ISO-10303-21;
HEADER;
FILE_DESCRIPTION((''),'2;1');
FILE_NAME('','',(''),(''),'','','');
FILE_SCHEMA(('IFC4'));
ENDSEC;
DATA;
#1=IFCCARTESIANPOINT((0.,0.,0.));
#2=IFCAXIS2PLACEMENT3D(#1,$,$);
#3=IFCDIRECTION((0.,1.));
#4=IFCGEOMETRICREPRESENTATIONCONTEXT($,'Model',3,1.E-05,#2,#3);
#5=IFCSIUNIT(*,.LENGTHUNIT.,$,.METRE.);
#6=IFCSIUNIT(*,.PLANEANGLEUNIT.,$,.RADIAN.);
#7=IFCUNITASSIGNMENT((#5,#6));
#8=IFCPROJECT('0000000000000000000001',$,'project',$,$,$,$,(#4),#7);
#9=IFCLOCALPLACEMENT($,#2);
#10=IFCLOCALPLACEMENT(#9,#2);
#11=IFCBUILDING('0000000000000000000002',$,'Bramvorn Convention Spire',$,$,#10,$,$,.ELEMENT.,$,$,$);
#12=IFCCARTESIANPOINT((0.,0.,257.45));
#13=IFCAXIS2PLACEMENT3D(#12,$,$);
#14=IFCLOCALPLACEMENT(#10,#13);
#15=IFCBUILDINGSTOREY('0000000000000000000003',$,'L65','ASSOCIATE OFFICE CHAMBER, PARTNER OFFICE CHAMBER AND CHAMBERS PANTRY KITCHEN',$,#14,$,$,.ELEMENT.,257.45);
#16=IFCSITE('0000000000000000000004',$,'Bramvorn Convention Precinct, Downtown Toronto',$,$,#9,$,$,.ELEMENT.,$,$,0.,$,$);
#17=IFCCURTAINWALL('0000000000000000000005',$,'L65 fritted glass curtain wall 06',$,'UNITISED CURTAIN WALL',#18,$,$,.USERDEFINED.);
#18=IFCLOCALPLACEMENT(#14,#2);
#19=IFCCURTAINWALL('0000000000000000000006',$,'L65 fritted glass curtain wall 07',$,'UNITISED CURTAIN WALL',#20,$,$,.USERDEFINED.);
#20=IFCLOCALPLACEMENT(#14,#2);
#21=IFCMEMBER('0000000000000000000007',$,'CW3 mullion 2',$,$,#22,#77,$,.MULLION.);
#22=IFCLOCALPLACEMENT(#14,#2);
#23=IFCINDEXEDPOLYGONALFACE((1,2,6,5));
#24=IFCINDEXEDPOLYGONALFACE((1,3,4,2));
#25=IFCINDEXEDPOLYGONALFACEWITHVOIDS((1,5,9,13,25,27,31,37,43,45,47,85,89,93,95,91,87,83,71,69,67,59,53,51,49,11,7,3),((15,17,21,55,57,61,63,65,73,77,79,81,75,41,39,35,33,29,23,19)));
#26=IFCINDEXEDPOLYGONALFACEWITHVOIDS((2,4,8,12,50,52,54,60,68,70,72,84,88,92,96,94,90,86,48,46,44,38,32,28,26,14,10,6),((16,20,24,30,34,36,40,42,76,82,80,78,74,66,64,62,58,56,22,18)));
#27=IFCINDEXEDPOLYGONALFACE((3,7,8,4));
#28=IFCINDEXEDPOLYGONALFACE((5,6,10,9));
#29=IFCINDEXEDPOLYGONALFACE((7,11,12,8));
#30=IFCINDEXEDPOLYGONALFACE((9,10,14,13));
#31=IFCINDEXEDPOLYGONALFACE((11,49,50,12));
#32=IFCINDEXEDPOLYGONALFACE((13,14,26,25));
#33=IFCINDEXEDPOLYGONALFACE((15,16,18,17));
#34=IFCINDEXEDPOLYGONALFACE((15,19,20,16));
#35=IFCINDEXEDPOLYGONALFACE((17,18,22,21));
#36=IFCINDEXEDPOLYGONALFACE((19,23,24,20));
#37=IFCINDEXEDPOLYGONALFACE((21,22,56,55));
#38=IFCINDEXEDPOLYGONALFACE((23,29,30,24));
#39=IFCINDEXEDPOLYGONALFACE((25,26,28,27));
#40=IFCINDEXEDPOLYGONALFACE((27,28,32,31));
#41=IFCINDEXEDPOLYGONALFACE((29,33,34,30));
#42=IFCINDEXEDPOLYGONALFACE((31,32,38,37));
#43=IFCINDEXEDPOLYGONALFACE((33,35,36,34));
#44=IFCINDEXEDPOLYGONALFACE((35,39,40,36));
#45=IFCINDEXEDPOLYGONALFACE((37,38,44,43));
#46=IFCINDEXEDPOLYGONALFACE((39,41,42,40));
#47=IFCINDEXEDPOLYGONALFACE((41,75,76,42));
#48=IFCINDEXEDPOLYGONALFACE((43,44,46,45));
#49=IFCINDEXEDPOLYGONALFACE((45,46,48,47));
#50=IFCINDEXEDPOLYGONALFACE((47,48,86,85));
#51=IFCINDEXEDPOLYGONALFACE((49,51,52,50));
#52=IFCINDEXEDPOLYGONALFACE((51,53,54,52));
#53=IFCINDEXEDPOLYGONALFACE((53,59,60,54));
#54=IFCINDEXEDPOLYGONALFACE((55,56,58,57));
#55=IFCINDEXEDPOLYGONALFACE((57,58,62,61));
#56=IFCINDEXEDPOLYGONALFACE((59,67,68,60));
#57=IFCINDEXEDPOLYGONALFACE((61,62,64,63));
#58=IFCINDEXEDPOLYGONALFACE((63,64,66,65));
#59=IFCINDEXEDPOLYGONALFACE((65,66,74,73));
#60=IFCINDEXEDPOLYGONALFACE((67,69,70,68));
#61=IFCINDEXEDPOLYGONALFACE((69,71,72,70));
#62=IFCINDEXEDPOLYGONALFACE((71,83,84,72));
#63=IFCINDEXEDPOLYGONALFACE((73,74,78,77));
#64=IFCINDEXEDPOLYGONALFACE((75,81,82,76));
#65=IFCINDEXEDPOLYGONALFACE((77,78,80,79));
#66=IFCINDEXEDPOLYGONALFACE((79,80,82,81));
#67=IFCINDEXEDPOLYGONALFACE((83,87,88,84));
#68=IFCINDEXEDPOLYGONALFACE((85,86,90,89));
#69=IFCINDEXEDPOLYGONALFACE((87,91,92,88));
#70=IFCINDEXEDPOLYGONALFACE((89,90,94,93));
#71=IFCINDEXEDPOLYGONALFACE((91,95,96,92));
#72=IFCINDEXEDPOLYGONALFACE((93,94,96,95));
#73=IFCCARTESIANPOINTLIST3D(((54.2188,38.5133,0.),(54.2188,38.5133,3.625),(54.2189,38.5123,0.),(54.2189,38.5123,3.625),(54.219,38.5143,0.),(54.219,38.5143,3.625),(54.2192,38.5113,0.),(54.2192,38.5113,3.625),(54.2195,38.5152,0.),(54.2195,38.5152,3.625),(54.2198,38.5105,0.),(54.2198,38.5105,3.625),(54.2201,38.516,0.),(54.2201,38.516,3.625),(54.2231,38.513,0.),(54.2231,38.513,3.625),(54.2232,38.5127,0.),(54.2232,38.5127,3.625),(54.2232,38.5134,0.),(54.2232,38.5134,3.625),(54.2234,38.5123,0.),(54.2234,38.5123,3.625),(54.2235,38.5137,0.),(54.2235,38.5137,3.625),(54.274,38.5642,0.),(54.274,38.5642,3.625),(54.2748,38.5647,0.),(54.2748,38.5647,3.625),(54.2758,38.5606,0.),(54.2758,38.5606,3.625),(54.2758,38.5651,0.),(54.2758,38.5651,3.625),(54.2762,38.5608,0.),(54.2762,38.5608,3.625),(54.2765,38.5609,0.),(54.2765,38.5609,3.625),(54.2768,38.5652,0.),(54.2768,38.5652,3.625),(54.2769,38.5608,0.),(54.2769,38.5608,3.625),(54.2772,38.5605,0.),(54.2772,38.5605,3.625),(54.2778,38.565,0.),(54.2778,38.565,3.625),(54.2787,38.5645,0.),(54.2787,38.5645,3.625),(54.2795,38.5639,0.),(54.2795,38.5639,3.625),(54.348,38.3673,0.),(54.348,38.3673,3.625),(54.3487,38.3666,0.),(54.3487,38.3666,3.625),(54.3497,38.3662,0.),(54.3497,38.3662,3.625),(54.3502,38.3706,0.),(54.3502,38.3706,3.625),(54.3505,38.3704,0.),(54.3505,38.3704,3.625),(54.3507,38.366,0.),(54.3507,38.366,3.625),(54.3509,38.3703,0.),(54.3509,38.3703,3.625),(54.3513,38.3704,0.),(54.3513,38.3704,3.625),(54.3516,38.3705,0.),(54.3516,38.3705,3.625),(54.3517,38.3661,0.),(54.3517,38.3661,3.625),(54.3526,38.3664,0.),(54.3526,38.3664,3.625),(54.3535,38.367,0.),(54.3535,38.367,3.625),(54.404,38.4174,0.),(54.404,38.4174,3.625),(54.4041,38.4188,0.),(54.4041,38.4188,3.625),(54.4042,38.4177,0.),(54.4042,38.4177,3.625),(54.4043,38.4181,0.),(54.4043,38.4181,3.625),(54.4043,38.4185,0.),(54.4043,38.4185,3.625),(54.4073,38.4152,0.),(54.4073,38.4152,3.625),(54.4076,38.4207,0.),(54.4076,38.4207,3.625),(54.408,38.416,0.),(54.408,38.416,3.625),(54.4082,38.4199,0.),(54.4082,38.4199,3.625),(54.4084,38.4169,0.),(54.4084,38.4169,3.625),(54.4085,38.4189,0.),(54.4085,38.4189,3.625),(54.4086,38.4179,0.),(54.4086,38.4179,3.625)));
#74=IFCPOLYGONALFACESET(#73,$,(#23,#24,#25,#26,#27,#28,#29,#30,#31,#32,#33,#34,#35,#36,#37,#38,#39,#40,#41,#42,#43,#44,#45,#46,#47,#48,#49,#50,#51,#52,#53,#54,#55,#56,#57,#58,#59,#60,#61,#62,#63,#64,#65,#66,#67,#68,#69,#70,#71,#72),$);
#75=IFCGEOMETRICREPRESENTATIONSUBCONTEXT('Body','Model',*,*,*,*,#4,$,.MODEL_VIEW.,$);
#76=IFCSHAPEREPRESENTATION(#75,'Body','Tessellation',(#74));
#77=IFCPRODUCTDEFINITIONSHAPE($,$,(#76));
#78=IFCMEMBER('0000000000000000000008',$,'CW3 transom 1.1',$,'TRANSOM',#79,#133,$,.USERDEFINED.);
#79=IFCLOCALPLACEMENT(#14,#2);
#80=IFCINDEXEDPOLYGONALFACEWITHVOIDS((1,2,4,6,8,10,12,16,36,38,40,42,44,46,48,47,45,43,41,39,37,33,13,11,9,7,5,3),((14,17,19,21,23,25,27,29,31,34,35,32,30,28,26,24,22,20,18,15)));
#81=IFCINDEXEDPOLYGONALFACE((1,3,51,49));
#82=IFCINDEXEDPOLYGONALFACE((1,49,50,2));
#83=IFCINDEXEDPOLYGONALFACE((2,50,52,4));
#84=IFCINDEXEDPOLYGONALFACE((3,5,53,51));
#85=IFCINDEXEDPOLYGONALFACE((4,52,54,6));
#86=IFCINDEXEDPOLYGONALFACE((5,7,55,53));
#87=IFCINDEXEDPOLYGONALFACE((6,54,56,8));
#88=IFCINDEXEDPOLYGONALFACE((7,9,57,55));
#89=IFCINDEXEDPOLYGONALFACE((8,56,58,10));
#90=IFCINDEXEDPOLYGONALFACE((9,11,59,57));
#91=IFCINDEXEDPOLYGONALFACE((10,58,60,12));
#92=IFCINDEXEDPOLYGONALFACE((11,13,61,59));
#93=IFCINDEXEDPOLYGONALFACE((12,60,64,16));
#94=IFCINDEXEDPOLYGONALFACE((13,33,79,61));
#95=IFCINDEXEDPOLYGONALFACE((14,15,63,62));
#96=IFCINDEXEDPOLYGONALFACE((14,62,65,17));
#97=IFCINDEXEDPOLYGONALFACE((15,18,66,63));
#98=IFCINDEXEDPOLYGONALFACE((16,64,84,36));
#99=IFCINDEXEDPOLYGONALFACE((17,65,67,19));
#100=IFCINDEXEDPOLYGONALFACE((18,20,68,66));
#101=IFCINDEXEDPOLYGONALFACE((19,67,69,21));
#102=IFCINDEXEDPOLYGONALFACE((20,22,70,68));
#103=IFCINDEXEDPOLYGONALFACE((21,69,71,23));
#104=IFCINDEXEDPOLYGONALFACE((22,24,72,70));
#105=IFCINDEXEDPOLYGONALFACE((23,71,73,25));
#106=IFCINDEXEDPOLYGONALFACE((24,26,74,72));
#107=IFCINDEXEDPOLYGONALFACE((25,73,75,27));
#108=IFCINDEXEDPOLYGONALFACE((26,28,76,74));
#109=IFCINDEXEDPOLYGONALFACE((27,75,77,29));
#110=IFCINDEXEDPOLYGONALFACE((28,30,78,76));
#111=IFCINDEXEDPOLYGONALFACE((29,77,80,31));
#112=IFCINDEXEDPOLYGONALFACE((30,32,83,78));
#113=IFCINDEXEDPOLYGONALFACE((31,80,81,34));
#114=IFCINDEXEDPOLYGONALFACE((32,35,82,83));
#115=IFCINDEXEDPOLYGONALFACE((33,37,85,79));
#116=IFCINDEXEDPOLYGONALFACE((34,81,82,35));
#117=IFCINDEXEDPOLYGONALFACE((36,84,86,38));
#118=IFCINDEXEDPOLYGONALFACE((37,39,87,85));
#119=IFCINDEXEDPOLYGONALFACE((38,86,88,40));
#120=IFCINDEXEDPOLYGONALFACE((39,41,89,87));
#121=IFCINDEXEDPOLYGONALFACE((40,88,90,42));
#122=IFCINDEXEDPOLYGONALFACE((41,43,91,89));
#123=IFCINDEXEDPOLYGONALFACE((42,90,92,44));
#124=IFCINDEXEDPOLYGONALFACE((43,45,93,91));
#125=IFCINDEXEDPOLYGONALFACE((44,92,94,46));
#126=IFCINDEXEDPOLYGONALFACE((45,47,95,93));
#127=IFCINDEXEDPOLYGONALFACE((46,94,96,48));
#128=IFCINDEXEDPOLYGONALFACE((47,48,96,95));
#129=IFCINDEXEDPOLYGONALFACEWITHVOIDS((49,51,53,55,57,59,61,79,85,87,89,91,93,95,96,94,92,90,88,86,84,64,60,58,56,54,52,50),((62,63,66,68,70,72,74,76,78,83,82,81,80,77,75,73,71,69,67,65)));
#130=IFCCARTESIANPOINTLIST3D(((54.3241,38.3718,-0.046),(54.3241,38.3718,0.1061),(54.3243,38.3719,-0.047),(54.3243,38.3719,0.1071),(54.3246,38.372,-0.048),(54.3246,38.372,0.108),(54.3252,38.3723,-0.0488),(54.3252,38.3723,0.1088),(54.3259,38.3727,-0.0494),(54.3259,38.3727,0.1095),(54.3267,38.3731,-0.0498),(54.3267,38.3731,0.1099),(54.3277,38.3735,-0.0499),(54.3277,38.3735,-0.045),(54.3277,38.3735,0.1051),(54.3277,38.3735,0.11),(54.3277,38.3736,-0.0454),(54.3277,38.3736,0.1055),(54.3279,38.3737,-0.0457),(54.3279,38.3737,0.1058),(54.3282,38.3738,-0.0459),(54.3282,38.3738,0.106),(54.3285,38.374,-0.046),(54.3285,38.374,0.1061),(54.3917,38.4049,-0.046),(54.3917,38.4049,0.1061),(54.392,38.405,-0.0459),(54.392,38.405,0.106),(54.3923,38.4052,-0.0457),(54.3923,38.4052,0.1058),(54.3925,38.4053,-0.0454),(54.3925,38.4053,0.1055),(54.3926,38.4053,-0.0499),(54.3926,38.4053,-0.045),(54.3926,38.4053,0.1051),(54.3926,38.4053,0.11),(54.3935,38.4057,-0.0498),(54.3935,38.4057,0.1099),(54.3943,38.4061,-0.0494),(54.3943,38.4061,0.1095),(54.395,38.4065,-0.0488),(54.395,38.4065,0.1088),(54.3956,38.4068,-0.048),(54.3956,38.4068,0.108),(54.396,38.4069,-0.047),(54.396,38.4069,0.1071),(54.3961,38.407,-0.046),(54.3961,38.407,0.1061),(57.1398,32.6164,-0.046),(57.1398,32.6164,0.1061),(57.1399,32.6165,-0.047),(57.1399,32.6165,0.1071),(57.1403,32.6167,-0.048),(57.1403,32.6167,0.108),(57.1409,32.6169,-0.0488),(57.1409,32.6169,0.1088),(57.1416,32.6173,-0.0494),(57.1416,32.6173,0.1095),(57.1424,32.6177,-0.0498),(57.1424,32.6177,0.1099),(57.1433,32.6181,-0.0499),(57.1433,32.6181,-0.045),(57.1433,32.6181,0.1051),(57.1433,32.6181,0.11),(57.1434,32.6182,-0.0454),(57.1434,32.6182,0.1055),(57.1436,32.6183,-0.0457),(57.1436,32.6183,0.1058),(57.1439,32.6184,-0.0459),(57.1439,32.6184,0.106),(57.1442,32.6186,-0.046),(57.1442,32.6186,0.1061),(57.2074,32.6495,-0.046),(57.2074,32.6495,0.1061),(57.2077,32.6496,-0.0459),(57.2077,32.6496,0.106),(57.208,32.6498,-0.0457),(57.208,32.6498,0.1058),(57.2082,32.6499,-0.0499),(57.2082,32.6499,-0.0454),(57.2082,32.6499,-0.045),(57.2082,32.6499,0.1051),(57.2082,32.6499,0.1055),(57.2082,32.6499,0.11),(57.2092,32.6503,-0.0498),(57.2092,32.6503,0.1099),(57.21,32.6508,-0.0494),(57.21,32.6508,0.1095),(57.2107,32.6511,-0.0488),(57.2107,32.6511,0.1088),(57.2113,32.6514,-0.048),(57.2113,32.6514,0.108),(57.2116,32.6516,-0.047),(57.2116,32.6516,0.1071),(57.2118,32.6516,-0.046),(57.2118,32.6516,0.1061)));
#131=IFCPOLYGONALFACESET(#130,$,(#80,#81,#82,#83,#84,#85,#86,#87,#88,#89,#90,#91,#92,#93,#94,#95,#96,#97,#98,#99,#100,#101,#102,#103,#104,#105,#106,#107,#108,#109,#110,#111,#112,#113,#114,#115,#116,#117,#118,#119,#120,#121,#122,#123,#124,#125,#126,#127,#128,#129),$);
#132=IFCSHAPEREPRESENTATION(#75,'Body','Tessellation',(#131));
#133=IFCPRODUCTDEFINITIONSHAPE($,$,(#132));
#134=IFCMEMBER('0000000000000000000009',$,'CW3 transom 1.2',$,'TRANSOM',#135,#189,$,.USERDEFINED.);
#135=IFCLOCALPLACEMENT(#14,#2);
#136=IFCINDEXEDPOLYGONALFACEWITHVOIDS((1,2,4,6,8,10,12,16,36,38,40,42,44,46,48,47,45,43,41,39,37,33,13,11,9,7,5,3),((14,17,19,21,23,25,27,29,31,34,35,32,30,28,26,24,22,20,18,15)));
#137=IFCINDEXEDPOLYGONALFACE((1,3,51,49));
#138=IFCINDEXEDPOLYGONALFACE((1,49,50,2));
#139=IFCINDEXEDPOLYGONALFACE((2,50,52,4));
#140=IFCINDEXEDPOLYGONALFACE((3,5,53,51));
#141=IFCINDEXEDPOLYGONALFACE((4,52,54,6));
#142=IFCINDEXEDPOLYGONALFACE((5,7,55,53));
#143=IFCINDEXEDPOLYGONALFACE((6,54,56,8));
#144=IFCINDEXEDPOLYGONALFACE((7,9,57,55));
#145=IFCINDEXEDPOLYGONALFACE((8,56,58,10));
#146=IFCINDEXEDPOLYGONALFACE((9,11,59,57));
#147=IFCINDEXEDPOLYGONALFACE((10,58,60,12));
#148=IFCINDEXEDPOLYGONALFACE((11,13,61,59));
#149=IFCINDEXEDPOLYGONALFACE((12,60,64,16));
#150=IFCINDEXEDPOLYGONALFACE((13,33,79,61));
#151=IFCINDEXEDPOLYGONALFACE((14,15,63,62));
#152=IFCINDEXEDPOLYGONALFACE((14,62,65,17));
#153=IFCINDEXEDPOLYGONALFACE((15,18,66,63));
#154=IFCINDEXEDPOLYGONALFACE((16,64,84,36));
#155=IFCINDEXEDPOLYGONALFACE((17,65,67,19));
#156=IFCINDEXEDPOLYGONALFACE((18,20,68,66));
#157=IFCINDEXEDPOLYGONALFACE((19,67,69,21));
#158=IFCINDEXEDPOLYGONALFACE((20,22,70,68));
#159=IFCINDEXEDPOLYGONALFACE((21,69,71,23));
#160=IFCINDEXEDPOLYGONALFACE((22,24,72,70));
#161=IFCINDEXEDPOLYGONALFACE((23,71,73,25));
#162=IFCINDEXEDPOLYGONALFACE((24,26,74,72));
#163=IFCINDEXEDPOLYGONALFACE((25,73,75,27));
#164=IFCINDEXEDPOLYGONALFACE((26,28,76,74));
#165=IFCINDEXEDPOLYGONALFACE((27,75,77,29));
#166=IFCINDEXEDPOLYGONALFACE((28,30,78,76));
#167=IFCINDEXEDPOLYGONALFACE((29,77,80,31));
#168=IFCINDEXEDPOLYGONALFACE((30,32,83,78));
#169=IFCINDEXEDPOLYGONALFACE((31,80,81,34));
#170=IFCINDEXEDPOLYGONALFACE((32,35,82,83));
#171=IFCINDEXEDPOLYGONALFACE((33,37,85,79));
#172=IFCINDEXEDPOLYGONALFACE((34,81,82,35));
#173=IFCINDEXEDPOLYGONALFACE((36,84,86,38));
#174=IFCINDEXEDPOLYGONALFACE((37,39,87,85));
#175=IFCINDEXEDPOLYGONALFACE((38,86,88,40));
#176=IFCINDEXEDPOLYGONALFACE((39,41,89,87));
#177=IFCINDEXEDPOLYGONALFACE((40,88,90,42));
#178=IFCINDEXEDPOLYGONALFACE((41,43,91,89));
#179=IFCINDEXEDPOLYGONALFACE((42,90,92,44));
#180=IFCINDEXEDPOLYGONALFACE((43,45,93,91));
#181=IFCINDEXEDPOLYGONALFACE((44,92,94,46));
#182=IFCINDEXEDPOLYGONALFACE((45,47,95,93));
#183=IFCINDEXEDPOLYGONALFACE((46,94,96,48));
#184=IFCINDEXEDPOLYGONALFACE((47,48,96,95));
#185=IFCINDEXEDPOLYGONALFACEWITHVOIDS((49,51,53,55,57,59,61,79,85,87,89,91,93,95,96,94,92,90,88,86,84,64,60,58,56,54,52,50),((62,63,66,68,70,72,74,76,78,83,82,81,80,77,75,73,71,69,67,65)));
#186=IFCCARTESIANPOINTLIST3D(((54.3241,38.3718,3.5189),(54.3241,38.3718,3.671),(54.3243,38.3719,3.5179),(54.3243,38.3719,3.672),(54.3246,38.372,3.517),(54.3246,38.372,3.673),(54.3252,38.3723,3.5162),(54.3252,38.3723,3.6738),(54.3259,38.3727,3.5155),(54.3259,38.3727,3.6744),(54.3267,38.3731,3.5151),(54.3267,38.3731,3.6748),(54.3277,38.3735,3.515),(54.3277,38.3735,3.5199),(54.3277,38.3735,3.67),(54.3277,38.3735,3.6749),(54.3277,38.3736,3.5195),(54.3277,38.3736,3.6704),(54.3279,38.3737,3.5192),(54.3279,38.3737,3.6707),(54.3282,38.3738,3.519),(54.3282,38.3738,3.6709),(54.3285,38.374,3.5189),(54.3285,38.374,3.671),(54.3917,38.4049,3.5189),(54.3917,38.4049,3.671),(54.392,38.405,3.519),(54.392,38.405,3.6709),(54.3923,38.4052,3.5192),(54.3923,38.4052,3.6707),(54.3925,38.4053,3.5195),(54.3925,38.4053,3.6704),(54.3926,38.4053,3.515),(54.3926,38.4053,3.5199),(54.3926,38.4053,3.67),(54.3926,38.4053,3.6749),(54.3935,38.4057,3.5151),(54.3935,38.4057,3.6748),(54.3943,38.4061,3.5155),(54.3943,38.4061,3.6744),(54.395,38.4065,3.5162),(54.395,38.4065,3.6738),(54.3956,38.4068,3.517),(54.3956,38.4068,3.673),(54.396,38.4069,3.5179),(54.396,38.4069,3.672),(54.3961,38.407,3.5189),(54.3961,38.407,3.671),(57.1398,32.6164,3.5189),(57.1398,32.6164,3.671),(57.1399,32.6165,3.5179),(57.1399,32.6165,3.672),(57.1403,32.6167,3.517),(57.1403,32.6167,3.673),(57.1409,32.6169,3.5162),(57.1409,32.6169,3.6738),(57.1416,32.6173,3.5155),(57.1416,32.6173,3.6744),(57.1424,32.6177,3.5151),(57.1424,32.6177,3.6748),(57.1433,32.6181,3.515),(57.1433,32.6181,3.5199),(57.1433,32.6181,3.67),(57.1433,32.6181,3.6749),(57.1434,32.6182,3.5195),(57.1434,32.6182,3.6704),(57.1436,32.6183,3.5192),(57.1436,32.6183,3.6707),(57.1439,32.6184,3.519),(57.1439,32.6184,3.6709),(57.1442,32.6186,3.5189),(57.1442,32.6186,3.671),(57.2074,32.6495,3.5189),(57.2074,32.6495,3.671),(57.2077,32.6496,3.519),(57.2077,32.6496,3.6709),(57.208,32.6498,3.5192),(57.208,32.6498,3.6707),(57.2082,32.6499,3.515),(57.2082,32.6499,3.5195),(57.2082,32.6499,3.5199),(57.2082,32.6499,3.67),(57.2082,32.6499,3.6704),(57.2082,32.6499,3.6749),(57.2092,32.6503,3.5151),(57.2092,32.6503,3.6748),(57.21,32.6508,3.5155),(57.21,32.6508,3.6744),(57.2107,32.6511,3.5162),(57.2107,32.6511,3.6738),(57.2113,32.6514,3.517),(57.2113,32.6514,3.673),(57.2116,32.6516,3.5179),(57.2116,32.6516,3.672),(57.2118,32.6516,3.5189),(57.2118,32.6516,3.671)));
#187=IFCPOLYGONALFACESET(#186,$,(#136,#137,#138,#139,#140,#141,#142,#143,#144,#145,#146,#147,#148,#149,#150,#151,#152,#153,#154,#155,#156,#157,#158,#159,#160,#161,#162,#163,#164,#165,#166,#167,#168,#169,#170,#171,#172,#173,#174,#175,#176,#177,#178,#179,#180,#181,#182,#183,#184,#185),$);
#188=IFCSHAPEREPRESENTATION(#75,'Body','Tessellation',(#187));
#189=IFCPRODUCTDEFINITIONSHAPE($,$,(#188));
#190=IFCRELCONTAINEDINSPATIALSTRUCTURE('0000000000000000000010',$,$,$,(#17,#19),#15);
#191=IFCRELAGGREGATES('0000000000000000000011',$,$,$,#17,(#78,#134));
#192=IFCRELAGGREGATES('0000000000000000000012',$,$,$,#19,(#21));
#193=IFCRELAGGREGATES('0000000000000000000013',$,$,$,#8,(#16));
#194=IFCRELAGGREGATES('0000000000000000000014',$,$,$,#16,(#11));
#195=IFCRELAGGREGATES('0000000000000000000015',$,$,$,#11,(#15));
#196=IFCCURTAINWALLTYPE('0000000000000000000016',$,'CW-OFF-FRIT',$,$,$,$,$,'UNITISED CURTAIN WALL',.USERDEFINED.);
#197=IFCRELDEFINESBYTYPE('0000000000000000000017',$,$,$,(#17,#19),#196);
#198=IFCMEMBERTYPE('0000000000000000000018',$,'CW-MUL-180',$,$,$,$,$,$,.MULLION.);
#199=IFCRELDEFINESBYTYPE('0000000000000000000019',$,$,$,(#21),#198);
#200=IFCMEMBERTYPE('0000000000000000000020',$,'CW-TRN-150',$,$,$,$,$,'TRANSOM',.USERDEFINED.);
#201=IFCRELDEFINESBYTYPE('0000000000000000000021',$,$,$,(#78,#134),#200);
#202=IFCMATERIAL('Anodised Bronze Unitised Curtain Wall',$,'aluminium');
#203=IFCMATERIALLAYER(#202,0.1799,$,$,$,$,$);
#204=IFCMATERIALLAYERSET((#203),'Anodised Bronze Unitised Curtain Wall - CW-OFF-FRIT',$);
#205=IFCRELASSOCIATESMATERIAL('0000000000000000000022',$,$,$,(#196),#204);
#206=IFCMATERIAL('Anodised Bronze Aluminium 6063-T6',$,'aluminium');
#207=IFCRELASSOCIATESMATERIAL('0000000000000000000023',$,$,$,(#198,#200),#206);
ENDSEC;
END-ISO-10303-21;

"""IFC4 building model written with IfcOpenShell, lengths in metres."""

from ifc_helpers import new_model, si_unit, direction, frame, origin, origin_2d, place, context, subcontext, project, spatial, hollow_rectangle, extrude, material, layer, layer_set, material_profile, profile_set, type_object, element, aggregate, save


model = new_model("IFC4")

# Units and contexts
model_context = context("Model", 3, precision=1e-05, world=origin(), true_north=direction((0.0, 1.0)))
body_context = subcontext(model_context, "Body", "Model", "MODEL_VIEW")
ifc_project = project(units=[si_unit("LENGTHUNIT", "METRE"), si_unit("PLANEANGLEUNIT", "RADIAN")], contexts=[model_context])

# Site, building, storey
site_placement = place(None, origin())
site = spatial("IfcSite", under=ifc_project, at=site_placement, Name="Bramvorn Convention Precinct, Downtown Toronto", CompositionType="ELEMENT", RefElevation=0.0)
building_placement = place(site_placement, origin())
building = spatial("IfcBuilding", under=site, at=building_placement, Name="Bramvorn Convention Spire", CompositionType="ELEMENT")
storey_placement = place(building_placement, frame((0.0, 0.0, 257.45)))
storey = spatial("IfcBuildingStorey", under=building, at=storey_placement, Name="L65", Description="ASSOCIATE OFFICE CHAMBER, PARTNER OFFICE CHAMBER AND CHAMBERS PANTRY KITCHEN", CompositionType="ELEMENT", Elevation=257.45)

# Curtain wall
ifc_material_1 = material(Name="Anodised Bronze Unitised Curtain Wall", Category="aluminium")
ifc_layer_1 = layer(ifc_material_1, 0.1799)
ifc_layer_set_1 = layer_set([ifc_layer_1], Name="Anodised Bronze Unitised Curtain Wall - CW-OFF-FRIT")
curtain_wall_type = type_object("IfcCurtainWallType", Name="CW-OFF-FRIT", ElementType="UNITISED CURTAIN WALL", PredefinedType="USERDEFINED", material=ifc_layer_set_1)
curtain_wall_1_placement = place(storey_placement, origin())
curtain_wall_1 = element("IfcCurtainWall", 1, at=curtain_wall_1_placement, inside=storey, type_object=curtain_wall_type, Name="L65 fritted glass curtain wall 06", ObjectType="UNITISED CURTAIN WALL", PredefinedType="USERDEFINED")
ifc_material_2 = material(Name="Anodised Bronze Aluminium 6063-T6", Category="aluminium")
ifc_material_profile_1 = material_profile(ifc_material_2, hollow_rectangle(XDim=0.0801, YDim=0.2, WallThickness=0.0039, InnerFilletRadius=0.001, OuterFilletRadius=0.0039, at=origin_2d()))
ifc_profile_set_1 = profile_set([ifc_material_profile_1], Name="Anodised Bronze Aluminium 6063-T6 - CWM80X200")
member_type_1 = type_object("IfcMemberType", Name="CW-MUL-180", PredefinedType="MULLION", material=ifc_profile_set_1)

# Curtain wall, member
curtain_wall_2_placement = place(storey_placement, origin())
curtain_wall_2 = element("IfcCurtainWall", 2, at=curtain_wall_2_placement, inside=storey, type_object=curtain_wall_type, Name="L65 fritted glass curtain wall 07", ObjectType="UNITISED CURTAIN WALL", PredefinedType="USERDEFINED")
member_1_placement = place(storey_placement, frame((54.3137, 38.4656, 0.0), z_axis=(0.0, 0.0, 1.0), x_axis=(0.74511, 0.666942, 0.0)))
member_1 = element("IfcMember", 3, at=member_1_placement, type_object=member_type_1, Name="CW3 mullion 2", PredefinedType="MULLION", context=body_context, shape_type="SweptSolid", body=[
    extrude(hollow_rectangle(XDim=0.0801, YDim=0.2, WallThickness=0.0039, InnerFilletRadius=0.001, OuterFilletRadius=0.0039, at=origin_2d()), origin(), (0.0, 0.0, 1.0), 3.625),
])

# Members
ifc_material_profile_2 = material_profile(ifc_material_2, hollow_rectangle(XDim=0.0801, YDim=0.1599, WallThickness=0.0039, InnerFilletRadius=0.001, OuterFilletRadius=0.0039, at=origin_2d()))
ifc_profile_set_2 = profile_set([ifc_material_profile_2], Name="Anodised Bronze Aluminium 6063-T6 - CWT80X160")
member_type_2 = type_object("IfcMemberType", Name="CW-TRN-150", ElementType="TRANSOM", PredefinedType="USERDEFINED", material=ifc_profile_set_2)
member_2_placement = place(storey_placement, frame((54.3601, 38.3894, 0.03), z_axis=(0.439454, -0.898265, 0.0), x_axis=(0.898265, 0.439454, 0.0)))
member_2 = element("IfcMember", 4, at=member_2_placement, type_object=member_type_2, Name="CW3 transom 1.1", ObjectType="TRANSOM", PredefinedType="USERDEFINED", context=body_context, shape_type="SweptSolid", body=[
    extrude(hollow_rectangle(XDim=0.0801, YDim=0.1599, WallThickness=0.0039, InnerFilletRadius=0.001, OuterFilletRadius=0.0039, at=origin_2d()), origin(), (0.0, 0.0, 1.0), 6.4072),
])
member_3_placement = place(storey_placement, frame((54.3601, 38.3894, 3.595), z_axis=(0.439454, -0.898265, 0.0), x_axis=(0.898265, 0.439454, 0.0)))
member_3 = element("IfcMember", 5, at=member_3_placement, type_object=member_type_2, Name="CW3 transom 1.2", ObjectType="TRANSOM", PredefinedType="USERDEFINED", context=body_context, shape_type="SweptSolid", body=[
    extrude(hollow_rectangle(XDim=0.0801, YDim=0.1599, WallThickness=0.0039, InnerFilletRadius=0.001, OuterFilletRadius=0.0039, at=origin_2d()), origin(), (0.0, 0.0, 1.0), 6.4072),
])

aggregate(curtain_wall_1, [member_2, member_3])
aggregate(curtain_wall_2, [member_1])

save(model, "model.ifc")
